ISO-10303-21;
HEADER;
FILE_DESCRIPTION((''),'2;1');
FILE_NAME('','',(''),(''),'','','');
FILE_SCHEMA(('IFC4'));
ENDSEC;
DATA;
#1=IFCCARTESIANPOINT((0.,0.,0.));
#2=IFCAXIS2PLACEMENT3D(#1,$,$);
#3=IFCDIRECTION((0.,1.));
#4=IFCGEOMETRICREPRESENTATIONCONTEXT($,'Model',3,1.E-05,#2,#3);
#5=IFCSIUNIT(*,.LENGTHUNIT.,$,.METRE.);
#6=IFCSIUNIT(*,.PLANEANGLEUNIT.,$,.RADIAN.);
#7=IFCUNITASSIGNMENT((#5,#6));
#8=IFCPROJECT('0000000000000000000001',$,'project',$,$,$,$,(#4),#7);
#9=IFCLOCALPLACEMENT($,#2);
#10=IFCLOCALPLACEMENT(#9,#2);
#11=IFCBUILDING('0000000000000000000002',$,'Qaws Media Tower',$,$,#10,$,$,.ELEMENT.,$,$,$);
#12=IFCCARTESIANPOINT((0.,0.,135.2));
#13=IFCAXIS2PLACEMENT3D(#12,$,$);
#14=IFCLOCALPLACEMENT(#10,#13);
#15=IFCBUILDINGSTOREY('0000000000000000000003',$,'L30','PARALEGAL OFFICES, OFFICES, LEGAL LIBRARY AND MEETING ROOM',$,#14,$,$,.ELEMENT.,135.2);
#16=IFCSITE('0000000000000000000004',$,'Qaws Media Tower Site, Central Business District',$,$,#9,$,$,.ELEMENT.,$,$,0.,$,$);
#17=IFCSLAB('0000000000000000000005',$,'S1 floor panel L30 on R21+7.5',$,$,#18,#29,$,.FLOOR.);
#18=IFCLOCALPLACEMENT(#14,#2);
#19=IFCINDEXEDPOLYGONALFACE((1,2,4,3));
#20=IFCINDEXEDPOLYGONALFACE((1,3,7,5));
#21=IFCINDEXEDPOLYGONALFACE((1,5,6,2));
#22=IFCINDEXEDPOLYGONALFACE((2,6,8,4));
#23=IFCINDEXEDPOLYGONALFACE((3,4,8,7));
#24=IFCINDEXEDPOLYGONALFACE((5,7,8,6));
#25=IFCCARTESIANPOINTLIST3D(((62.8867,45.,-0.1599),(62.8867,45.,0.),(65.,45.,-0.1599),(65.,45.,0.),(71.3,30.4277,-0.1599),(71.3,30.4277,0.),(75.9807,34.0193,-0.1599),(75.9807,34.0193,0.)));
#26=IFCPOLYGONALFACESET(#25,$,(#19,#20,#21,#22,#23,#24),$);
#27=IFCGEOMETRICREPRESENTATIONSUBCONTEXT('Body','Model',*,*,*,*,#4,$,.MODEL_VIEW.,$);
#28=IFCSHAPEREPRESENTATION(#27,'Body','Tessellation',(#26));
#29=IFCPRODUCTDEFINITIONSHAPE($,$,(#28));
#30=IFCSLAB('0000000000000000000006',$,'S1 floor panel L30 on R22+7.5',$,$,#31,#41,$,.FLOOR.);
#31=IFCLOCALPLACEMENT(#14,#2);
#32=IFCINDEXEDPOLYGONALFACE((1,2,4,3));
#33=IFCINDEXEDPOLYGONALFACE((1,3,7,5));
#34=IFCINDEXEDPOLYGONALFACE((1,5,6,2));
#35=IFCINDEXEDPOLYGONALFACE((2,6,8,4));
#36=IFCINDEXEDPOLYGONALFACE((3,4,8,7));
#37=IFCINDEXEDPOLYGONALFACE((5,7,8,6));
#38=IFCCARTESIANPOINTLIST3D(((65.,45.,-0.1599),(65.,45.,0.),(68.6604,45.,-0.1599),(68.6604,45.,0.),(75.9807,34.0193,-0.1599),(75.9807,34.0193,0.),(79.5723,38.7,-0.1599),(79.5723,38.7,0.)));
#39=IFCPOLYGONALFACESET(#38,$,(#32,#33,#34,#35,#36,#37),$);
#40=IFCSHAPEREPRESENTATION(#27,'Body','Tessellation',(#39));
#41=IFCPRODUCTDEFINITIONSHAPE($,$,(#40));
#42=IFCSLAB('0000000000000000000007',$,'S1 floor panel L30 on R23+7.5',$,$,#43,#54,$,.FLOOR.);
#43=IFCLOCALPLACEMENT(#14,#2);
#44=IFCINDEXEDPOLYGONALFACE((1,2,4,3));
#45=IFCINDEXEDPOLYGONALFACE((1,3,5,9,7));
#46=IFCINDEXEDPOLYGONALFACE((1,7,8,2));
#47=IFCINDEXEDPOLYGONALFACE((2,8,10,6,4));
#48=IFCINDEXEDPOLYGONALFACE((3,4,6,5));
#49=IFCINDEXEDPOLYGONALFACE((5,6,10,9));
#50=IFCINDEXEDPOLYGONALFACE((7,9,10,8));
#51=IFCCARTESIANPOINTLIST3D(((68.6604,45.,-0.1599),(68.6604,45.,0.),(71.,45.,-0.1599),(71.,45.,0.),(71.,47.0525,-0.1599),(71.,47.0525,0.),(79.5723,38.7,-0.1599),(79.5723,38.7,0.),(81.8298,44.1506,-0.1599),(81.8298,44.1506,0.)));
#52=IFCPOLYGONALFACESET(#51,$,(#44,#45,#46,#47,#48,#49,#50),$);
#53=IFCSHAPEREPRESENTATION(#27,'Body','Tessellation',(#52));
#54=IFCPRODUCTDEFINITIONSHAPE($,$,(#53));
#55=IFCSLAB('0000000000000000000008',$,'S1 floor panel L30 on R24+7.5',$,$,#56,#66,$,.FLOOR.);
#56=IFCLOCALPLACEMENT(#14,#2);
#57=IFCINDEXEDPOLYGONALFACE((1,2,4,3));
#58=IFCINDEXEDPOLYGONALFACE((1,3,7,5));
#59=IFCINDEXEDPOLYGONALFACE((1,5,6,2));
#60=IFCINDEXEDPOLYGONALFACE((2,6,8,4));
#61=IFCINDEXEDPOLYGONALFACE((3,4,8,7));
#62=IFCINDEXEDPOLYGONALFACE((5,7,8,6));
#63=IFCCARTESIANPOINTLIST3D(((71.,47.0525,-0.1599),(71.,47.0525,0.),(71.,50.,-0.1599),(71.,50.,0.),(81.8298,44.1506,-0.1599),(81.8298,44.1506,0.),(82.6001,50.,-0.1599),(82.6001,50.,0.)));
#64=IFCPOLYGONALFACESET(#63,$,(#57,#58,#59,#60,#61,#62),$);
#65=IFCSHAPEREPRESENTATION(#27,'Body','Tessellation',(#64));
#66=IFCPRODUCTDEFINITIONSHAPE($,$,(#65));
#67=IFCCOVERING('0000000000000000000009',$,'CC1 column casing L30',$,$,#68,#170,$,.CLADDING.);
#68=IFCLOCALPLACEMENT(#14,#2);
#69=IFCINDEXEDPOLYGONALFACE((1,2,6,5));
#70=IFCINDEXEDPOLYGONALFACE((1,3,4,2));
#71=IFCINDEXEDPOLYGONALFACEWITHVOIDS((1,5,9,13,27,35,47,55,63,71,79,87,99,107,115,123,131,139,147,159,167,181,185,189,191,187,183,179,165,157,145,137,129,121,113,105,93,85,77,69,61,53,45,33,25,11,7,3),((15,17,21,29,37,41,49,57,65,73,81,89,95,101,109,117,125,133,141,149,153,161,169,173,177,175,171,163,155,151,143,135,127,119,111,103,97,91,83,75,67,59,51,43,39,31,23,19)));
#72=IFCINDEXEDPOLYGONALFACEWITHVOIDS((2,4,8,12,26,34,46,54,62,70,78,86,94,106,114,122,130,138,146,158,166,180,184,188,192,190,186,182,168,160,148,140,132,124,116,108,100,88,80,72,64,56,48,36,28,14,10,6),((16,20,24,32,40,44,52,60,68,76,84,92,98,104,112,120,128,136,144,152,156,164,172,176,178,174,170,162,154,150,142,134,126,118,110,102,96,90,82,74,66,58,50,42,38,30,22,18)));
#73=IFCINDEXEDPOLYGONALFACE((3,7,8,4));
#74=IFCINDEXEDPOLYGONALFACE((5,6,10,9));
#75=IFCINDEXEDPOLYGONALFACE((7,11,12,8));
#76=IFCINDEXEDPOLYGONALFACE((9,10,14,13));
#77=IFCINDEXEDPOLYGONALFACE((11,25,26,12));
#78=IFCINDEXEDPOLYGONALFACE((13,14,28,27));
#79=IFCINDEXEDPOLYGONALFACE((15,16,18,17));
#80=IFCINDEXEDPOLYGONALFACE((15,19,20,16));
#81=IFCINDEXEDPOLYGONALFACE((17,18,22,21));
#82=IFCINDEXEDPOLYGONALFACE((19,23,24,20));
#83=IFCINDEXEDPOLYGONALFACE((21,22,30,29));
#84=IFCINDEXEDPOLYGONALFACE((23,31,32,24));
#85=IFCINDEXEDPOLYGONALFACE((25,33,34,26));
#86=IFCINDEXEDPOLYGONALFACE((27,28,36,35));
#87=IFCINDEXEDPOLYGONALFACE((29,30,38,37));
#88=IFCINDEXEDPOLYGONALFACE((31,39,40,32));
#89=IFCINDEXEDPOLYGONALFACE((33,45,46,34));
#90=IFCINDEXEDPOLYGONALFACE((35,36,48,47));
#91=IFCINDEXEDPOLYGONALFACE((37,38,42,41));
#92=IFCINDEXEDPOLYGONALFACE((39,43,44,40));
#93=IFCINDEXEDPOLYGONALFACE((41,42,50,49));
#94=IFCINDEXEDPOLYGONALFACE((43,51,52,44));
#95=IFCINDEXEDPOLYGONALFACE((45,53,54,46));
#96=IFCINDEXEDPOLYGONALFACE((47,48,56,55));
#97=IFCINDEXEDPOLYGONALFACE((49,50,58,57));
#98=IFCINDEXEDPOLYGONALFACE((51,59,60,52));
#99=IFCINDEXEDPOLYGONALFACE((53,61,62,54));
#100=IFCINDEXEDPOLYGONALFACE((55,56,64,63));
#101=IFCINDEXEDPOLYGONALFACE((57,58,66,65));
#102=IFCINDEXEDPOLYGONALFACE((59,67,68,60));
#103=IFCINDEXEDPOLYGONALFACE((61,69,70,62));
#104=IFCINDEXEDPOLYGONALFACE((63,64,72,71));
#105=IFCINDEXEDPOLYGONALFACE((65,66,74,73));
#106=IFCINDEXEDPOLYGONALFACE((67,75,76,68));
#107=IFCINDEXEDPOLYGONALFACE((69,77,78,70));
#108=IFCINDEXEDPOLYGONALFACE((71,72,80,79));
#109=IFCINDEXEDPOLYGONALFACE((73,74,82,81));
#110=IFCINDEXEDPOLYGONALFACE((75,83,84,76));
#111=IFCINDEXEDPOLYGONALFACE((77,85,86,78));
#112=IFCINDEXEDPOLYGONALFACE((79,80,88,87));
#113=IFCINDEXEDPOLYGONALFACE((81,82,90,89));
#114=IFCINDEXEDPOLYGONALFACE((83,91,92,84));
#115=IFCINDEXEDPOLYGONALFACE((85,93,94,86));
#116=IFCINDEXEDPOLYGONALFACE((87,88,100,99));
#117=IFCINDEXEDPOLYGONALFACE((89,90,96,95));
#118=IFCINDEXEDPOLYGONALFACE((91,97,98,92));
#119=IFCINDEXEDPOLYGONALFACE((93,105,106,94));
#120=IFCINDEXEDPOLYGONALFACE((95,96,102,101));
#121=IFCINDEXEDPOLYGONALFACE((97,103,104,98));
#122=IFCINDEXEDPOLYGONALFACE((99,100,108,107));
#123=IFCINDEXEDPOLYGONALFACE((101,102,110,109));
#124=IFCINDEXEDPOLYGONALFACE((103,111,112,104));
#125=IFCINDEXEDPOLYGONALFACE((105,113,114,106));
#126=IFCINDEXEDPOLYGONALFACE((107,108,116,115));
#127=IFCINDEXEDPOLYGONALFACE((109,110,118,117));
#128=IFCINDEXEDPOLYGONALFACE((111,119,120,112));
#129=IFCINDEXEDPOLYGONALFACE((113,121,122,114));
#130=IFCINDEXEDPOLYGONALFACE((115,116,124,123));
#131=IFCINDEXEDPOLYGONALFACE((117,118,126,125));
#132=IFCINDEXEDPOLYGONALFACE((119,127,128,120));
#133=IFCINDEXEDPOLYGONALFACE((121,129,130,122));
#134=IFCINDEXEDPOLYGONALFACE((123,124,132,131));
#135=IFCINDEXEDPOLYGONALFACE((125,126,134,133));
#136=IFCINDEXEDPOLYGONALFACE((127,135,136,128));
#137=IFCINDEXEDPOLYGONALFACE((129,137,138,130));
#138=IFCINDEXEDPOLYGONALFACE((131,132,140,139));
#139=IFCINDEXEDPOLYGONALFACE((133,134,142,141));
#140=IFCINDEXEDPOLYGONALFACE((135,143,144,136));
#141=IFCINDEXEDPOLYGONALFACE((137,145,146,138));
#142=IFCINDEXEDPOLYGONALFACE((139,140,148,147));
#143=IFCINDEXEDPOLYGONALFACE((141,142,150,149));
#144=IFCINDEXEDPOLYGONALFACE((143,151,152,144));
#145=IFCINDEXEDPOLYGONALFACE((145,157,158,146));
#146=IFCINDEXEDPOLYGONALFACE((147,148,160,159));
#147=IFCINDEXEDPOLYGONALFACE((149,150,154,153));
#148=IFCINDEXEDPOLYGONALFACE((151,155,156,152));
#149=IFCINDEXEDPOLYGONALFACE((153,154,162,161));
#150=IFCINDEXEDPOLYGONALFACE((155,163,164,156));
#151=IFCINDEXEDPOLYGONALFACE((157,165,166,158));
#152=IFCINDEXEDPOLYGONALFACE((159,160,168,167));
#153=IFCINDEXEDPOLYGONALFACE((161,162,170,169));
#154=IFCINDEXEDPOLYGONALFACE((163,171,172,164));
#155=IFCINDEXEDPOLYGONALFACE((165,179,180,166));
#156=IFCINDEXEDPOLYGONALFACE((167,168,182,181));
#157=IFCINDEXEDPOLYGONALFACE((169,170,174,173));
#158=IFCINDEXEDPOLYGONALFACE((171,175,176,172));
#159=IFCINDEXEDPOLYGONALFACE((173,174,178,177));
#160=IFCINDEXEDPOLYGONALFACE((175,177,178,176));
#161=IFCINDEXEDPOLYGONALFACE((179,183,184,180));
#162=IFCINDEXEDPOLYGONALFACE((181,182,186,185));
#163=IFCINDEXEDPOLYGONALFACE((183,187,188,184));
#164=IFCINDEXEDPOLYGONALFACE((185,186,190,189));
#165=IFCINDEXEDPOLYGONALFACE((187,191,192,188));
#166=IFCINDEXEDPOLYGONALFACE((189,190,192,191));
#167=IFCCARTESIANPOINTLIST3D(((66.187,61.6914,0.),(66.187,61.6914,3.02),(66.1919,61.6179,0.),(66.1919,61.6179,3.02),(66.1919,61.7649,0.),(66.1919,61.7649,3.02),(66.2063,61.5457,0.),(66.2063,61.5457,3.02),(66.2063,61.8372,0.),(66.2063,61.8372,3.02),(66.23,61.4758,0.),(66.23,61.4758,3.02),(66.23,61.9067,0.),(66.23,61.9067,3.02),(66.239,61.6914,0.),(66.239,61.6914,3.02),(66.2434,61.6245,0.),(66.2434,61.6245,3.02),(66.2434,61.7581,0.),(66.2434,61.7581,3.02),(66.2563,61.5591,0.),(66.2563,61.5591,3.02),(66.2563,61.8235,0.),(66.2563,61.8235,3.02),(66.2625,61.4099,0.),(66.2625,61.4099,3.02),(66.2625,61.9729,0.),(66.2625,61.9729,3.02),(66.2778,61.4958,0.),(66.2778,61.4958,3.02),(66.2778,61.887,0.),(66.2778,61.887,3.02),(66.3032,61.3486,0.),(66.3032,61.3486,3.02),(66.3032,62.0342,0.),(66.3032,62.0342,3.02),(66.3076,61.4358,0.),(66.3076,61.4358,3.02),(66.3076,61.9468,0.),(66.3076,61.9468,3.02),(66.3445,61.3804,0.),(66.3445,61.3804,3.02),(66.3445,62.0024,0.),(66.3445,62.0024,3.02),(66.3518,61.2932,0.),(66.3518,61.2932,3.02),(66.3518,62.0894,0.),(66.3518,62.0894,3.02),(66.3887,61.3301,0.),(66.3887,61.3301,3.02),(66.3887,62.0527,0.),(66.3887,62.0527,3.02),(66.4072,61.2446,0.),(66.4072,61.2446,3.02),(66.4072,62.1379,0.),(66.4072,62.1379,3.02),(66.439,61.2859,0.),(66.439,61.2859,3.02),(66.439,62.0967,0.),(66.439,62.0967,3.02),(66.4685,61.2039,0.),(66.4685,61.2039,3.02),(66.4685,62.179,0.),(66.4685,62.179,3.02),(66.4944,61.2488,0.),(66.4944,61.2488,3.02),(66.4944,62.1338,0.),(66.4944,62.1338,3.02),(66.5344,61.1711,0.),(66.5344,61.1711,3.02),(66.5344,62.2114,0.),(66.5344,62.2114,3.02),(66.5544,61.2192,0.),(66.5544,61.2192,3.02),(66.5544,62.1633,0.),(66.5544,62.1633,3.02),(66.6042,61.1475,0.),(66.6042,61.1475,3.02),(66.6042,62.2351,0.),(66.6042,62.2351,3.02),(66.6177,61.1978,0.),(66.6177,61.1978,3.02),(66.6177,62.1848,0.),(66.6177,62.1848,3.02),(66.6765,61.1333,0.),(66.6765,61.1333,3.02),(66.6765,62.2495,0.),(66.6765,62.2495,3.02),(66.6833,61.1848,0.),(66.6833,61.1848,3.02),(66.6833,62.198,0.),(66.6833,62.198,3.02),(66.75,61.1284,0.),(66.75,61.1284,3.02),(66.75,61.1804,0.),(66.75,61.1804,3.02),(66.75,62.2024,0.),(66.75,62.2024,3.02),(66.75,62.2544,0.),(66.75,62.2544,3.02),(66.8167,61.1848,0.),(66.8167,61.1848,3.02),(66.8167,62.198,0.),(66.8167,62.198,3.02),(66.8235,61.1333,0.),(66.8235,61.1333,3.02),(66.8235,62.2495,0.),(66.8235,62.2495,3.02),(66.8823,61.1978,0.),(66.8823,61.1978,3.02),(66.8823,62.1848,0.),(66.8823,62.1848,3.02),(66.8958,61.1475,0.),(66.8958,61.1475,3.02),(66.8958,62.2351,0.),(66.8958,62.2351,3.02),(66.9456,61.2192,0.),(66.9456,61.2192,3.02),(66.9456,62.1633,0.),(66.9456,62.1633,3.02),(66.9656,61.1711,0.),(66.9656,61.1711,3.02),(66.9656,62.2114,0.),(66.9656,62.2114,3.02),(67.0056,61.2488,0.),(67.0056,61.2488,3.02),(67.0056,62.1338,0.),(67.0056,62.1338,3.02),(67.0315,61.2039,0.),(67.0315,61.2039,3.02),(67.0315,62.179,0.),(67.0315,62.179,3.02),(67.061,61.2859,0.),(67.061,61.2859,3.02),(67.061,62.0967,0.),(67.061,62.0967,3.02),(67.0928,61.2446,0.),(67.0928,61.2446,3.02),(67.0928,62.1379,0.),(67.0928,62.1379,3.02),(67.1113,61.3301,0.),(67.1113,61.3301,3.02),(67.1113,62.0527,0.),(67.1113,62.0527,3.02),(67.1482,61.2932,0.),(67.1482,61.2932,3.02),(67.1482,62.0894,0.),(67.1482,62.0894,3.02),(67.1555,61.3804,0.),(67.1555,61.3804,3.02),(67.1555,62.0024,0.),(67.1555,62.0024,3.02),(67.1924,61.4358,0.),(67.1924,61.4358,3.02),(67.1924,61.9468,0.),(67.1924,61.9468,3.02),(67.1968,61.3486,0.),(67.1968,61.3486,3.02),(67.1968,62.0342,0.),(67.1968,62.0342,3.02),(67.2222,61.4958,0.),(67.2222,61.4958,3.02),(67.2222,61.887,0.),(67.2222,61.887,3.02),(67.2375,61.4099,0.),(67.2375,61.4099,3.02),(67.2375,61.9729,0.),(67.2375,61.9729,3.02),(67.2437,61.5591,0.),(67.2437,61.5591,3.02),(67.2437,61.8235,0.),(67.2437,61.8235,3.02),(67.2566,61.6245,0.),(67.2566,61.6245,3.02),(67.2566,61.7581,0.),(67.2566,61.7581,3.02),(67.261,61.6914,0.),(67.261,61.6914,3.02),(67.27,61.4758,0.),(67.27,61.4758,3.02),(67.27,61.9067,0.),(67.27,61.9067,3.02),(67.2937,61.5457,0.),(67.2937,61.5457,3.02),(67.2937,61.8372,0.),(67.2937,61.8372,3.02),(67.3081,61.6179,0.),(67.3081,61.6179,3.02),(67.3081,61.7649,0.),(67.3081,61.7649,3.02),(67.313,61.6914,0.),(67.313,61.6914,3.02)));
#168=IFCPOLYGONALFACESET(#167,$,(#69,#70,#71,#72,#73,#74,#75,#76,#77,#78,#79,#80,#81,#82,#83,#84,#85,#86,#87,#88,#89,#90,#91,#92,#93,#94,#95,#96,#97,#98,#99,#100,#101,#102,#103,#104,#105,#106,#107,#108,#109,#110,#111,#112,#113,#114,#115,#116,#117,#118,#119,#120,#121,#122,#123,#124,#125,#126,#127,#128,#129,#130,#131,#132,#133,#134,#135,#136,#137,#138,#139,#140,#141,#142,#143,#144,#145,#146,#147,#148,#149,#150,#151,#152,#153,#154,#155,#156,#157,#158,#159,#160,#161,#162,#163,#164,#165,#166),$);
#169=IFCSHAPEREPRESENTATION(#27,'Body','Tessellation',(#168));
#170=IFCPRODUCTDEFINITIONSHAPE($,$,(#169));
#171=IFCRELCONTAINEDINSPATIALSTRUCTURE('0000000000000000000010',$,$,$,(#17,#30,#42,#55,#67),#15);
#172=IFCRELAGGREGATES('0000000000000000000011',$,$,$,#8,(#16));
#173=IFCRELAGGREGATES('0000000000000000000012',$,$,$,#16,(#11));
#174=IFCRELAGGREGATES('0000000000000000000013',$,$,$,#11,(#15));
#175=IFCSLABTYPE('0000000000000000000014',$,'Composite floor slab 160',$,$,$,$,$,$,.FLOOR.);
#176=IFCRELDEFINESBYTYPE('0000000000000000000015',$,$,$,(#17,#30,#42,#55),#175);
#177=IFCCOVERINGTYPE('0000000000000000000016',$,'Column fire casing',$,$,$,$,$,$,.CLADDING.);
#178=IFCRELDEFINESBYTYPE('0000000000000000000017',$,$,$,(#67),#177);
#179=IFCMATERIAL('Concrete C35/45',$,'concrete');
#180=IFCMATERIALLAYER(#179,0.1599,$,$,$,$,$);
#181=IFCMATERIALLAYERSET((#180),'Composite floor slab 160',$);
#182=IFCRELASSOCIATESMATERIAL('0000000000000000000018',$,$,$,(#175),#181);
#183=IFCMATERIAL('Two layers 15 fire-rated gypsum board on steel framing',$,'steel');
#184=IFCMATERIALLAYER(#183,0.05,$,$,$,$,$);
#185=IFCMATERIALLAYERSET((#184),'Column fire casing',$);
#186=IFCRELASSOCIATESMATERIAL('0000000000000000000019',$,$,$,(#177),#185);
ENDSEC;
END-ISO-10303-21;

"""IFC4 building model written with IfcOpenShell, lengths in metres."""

from ifc_helpers import new_model, si_unit, direction, frame, origin, place, context, subcontext, project, spatial, polyline, outline, extrude, material, layer, layer_set, type_object, element, save


model = new_model("IFC4")

# Units and contexts
model_context = context("Model", 3, precision=1e-05, world=origin(), true_north=direction((0.0, 1.0)))
body_context = subcontext(model_context, "Body", "Model", "MODEL_VIEW")
ifc_project = project(units=[si_unit("LENGTHUNIT", "METRE"), si_unit("PLANEANGLEUNIT", "RADIAN")], contexts=[model_context])

# Site, building, storey
site_placement = place(None, origin())
site = spatial("IfcSite", under=ifc_project, at=site_placement, Name="Qaws Media Tower Site, Central Business District", CompositionType="ELEMENT", RefElevation=0.0)
building_placement = place(site_placement, origin())
building = spatial("IfcBuilding", under=site, at=building_placement, Name="Qaws Media Tower", CompositionType="ELEMENT")
storey_placement = place(building_placement, frame((0.0, 0.0, 135.2)))
storey = spatial("IfcBuildingStorey", under=building, at=storey_placement, Name="L30", Description="PARALEGAL OFFICES, OFFICES, LEGAL LIBRARY AND MEETING ROOM", CompositionType="ELEMENT", Elevation=135.2)

# Slabs
ifc_material_1 = material(Name="Concrete C35/45", Category="concrete")
ifc_layer_1 = layer(ifc_material_1, 0.1599)
ifc_layer_set_1 = layer_set([ifc_layer_1], Name="Composite floor slab 160")
slab_type_1 = type_object("IfcSlabType", Name="Composite floor slab 160", PredefinedType="FLOOR", material=ifc_layer_set_1)
slab_1_placement = place(storey_placement, frame((0.0, 0.0, -0.1599)))
element("IfcSlab", 1, at=slab_1_placement, inside=storey, type_object=slab_type_1, Name="S1 floor panel L30 on R21+7.5", PredefinedType="FLOOR", context=body_context, shape_type="SweptSolid", body=[
    extrude(outline(polyline([(75.9807, 34.0193), (71.3, 30.4277), (62.8867, 45.0), (65.0, 45.0), (75.9807, 34.0193)])), origin(), (0.0, 0.0, 1.0), 0.1599),
])
slab_2_placement = place(storey_placement, frame((0.0, 0.0, -0.1599)))
element("IfcSlab", 2, at=slab_2_placement, inside=storey, type_object=slab_type_1, Name="S1 floor panel L30 on R22+7.5", PredefinedType="FLOOR", context=body_context, shape_type="SweptSolid", body=[
    extrude(outline(polyline([(79.5723, 38.7), (75.9807, 34.0193), (65.0, 45.0), (68.6604, 45.0), (79.5723, 38.7)])), origin(), (0.0, 0.0, 1.0), 0.1599),
])
slab_3_placement = place(storey_placement, frame((0.0, 0.0, -0.1599)))
element("IfcSlab", 3, at=slab_3_placement, inside=storey, type_object=slab_type_1, Name="S1 floor panel L30 on R23+7.5", PredefinedType="FLOOR", context=body_context, shape_type="SweptSolid", body=[
    extrude(outline(polyline([(79.5723, 38.7), (68.6604, 45.0), (71.0, 45.0), (71.0, 47.0525), (81.8298, 44.1506), (79.5723, 38.7)])), origin(), (0.0, 0.0, 1.0), 0.1599),
])
slab_4_placement = place(storey_placement, frame((0.0, 0.0, -0.1599)))
element("IfcSlab", 4, at=slab_4_placement, inside=storey, type_object=slab_type_1, Name="S1 floor panel L30 on R24+7.5", PredefinedType="FLOOR", context=body_context, shape_type="SweptSolid", body=[
    extrude(outline(polyline([(81.8298, 44.1506), (71.0, 47.0525), (71.0, 50.0), (82.6001, 50.0), (81.8298, 44.1506)])), origin(), (0.0, 0.0, 1.0), 0.1599),
])

# Covering
ifc_material_2 = material(Name="Two layers 15 fire-rated gypsum board on steel framing", Category="steel")
ifc_layer_2 = layer(ifc_material_2, 0.05)
ifc_layer_set_2 = layer_set([ifc_layer_2], Name="Column fire casing")
covering_type = type_object("IfcCoveringType", Name="Column fire casing", PredefinedType="CLADDING", material=ifc_layer_set_2)
covering_placement = place(storey_placement, origin())
element("IfcCovering", 5, at=covering_placement, inside=storey, type_object=covering_type, Name="CC1 column casing L30", PredefinedType="CLADDING", context=body_context, shape_type="SweptSolid", body=[
    extrude(outline(polyline([(67.313, 61.6914), (67.3081, 61.6179), (67.2937, 61.5457), (67.27, 61.4758), (67.2375, 61.4099), (67.1968, 61.3486), (67.1482, 61.2932), (67.0928, 61.2446), (67.0315, 61.2039), (66.9656, 61.1711), (66.8958, 61.1475), (66.8235, 61.1333), (66.75, 61.1284), (66.6765, 61.1333), (66.6042, 61.1475), (66.5344, 61.1711), (66.4685, 61.2039), (66.4072, 61.2446), (66.3518, 61.2932), (66.3032, 61.3486), (66.2625, 61.4099), (66.23, 61.4758), (66.2063, 61.5457), (66.1919, 61.6179), (66.187, 61.6914), (66.1919, 61.7649), (66.2063, 61.8372), (66.23, 61.9067), (66.2625, 61.9729), (66.3032, 62.0342), (66.3518, 62.0894), (66.4072, 62.1379), (66.4685, 62.179), (66.5344, 62.2114), (66.6042, 62.2351), (66.6765, 62.2495), (66.75, 62.2544), (66.8235, 62.2495), (66.8958, 62.2351), (66.9656, 62.2114), (67.0315, 62.179), (67.0928, 62.1379), (67.1482, 62.0894), (67.1968, 62.0342), (67.2375, 61.9729), (67.27, 61.9067), (67.2937, 61.8372), (67.3081, 61.7649), (67.313, 61.6914)]), holes=[polyline([(67.261, 61.6914), (67.2566, 61.6245), (67.2437, 61.5591), (67.2222, 61.4958), (67.1924, 61.4358), (67.1555, 61.3804), (67.1113, 61.3301), (67.061, 61.2859), (67.0056, 61.2488), (66.9456, 61.2192), (66.8823, 61.1978), (66.8167, 61.1848), (66.75, 61.1804), (66.6833, 61.1848), (66.6177, 61.1978), (66.5544, 61.2192), (66.4944, 61.2488), (66.439, 61.2859), (66.3887, 61.3301), (66.3445, 61.3804), (66.3076, 61.4358), (66.2778, 61.4958), (66.2563, 61.5591), (66.2434, 61.6245), (66.239, 61.6914), (66.2434, 61.7581), (66.2563, 61.8235), (66.2778, 61.887), (66.3076, 61.9468), (66.3445, 62.0024), (66.3887, 62.0527), (66.439, 62.0967), (66.4944, 62.1338), (66.5544, 62.1633), (66.6177, 62.1848), (66.6833, 62.198), (66.75, 62.2024), (66.8167, 62.198), (66.8823, 62.1848), (66.9456, 62.1633), (67.0056, 62.1338), (67.061, 62.0967), (67.1113, 62.0527), (67.1555, 62.0024), (67.1924, 61.9468), (67.2222, 61.887), (67.2437, 61.8235), (67.2566, 61.7581), (67.261, 61.6914)])]), origin(), (0.0, 0.0, 1.0), 3.02),
])

save(model, "model.ifc")
